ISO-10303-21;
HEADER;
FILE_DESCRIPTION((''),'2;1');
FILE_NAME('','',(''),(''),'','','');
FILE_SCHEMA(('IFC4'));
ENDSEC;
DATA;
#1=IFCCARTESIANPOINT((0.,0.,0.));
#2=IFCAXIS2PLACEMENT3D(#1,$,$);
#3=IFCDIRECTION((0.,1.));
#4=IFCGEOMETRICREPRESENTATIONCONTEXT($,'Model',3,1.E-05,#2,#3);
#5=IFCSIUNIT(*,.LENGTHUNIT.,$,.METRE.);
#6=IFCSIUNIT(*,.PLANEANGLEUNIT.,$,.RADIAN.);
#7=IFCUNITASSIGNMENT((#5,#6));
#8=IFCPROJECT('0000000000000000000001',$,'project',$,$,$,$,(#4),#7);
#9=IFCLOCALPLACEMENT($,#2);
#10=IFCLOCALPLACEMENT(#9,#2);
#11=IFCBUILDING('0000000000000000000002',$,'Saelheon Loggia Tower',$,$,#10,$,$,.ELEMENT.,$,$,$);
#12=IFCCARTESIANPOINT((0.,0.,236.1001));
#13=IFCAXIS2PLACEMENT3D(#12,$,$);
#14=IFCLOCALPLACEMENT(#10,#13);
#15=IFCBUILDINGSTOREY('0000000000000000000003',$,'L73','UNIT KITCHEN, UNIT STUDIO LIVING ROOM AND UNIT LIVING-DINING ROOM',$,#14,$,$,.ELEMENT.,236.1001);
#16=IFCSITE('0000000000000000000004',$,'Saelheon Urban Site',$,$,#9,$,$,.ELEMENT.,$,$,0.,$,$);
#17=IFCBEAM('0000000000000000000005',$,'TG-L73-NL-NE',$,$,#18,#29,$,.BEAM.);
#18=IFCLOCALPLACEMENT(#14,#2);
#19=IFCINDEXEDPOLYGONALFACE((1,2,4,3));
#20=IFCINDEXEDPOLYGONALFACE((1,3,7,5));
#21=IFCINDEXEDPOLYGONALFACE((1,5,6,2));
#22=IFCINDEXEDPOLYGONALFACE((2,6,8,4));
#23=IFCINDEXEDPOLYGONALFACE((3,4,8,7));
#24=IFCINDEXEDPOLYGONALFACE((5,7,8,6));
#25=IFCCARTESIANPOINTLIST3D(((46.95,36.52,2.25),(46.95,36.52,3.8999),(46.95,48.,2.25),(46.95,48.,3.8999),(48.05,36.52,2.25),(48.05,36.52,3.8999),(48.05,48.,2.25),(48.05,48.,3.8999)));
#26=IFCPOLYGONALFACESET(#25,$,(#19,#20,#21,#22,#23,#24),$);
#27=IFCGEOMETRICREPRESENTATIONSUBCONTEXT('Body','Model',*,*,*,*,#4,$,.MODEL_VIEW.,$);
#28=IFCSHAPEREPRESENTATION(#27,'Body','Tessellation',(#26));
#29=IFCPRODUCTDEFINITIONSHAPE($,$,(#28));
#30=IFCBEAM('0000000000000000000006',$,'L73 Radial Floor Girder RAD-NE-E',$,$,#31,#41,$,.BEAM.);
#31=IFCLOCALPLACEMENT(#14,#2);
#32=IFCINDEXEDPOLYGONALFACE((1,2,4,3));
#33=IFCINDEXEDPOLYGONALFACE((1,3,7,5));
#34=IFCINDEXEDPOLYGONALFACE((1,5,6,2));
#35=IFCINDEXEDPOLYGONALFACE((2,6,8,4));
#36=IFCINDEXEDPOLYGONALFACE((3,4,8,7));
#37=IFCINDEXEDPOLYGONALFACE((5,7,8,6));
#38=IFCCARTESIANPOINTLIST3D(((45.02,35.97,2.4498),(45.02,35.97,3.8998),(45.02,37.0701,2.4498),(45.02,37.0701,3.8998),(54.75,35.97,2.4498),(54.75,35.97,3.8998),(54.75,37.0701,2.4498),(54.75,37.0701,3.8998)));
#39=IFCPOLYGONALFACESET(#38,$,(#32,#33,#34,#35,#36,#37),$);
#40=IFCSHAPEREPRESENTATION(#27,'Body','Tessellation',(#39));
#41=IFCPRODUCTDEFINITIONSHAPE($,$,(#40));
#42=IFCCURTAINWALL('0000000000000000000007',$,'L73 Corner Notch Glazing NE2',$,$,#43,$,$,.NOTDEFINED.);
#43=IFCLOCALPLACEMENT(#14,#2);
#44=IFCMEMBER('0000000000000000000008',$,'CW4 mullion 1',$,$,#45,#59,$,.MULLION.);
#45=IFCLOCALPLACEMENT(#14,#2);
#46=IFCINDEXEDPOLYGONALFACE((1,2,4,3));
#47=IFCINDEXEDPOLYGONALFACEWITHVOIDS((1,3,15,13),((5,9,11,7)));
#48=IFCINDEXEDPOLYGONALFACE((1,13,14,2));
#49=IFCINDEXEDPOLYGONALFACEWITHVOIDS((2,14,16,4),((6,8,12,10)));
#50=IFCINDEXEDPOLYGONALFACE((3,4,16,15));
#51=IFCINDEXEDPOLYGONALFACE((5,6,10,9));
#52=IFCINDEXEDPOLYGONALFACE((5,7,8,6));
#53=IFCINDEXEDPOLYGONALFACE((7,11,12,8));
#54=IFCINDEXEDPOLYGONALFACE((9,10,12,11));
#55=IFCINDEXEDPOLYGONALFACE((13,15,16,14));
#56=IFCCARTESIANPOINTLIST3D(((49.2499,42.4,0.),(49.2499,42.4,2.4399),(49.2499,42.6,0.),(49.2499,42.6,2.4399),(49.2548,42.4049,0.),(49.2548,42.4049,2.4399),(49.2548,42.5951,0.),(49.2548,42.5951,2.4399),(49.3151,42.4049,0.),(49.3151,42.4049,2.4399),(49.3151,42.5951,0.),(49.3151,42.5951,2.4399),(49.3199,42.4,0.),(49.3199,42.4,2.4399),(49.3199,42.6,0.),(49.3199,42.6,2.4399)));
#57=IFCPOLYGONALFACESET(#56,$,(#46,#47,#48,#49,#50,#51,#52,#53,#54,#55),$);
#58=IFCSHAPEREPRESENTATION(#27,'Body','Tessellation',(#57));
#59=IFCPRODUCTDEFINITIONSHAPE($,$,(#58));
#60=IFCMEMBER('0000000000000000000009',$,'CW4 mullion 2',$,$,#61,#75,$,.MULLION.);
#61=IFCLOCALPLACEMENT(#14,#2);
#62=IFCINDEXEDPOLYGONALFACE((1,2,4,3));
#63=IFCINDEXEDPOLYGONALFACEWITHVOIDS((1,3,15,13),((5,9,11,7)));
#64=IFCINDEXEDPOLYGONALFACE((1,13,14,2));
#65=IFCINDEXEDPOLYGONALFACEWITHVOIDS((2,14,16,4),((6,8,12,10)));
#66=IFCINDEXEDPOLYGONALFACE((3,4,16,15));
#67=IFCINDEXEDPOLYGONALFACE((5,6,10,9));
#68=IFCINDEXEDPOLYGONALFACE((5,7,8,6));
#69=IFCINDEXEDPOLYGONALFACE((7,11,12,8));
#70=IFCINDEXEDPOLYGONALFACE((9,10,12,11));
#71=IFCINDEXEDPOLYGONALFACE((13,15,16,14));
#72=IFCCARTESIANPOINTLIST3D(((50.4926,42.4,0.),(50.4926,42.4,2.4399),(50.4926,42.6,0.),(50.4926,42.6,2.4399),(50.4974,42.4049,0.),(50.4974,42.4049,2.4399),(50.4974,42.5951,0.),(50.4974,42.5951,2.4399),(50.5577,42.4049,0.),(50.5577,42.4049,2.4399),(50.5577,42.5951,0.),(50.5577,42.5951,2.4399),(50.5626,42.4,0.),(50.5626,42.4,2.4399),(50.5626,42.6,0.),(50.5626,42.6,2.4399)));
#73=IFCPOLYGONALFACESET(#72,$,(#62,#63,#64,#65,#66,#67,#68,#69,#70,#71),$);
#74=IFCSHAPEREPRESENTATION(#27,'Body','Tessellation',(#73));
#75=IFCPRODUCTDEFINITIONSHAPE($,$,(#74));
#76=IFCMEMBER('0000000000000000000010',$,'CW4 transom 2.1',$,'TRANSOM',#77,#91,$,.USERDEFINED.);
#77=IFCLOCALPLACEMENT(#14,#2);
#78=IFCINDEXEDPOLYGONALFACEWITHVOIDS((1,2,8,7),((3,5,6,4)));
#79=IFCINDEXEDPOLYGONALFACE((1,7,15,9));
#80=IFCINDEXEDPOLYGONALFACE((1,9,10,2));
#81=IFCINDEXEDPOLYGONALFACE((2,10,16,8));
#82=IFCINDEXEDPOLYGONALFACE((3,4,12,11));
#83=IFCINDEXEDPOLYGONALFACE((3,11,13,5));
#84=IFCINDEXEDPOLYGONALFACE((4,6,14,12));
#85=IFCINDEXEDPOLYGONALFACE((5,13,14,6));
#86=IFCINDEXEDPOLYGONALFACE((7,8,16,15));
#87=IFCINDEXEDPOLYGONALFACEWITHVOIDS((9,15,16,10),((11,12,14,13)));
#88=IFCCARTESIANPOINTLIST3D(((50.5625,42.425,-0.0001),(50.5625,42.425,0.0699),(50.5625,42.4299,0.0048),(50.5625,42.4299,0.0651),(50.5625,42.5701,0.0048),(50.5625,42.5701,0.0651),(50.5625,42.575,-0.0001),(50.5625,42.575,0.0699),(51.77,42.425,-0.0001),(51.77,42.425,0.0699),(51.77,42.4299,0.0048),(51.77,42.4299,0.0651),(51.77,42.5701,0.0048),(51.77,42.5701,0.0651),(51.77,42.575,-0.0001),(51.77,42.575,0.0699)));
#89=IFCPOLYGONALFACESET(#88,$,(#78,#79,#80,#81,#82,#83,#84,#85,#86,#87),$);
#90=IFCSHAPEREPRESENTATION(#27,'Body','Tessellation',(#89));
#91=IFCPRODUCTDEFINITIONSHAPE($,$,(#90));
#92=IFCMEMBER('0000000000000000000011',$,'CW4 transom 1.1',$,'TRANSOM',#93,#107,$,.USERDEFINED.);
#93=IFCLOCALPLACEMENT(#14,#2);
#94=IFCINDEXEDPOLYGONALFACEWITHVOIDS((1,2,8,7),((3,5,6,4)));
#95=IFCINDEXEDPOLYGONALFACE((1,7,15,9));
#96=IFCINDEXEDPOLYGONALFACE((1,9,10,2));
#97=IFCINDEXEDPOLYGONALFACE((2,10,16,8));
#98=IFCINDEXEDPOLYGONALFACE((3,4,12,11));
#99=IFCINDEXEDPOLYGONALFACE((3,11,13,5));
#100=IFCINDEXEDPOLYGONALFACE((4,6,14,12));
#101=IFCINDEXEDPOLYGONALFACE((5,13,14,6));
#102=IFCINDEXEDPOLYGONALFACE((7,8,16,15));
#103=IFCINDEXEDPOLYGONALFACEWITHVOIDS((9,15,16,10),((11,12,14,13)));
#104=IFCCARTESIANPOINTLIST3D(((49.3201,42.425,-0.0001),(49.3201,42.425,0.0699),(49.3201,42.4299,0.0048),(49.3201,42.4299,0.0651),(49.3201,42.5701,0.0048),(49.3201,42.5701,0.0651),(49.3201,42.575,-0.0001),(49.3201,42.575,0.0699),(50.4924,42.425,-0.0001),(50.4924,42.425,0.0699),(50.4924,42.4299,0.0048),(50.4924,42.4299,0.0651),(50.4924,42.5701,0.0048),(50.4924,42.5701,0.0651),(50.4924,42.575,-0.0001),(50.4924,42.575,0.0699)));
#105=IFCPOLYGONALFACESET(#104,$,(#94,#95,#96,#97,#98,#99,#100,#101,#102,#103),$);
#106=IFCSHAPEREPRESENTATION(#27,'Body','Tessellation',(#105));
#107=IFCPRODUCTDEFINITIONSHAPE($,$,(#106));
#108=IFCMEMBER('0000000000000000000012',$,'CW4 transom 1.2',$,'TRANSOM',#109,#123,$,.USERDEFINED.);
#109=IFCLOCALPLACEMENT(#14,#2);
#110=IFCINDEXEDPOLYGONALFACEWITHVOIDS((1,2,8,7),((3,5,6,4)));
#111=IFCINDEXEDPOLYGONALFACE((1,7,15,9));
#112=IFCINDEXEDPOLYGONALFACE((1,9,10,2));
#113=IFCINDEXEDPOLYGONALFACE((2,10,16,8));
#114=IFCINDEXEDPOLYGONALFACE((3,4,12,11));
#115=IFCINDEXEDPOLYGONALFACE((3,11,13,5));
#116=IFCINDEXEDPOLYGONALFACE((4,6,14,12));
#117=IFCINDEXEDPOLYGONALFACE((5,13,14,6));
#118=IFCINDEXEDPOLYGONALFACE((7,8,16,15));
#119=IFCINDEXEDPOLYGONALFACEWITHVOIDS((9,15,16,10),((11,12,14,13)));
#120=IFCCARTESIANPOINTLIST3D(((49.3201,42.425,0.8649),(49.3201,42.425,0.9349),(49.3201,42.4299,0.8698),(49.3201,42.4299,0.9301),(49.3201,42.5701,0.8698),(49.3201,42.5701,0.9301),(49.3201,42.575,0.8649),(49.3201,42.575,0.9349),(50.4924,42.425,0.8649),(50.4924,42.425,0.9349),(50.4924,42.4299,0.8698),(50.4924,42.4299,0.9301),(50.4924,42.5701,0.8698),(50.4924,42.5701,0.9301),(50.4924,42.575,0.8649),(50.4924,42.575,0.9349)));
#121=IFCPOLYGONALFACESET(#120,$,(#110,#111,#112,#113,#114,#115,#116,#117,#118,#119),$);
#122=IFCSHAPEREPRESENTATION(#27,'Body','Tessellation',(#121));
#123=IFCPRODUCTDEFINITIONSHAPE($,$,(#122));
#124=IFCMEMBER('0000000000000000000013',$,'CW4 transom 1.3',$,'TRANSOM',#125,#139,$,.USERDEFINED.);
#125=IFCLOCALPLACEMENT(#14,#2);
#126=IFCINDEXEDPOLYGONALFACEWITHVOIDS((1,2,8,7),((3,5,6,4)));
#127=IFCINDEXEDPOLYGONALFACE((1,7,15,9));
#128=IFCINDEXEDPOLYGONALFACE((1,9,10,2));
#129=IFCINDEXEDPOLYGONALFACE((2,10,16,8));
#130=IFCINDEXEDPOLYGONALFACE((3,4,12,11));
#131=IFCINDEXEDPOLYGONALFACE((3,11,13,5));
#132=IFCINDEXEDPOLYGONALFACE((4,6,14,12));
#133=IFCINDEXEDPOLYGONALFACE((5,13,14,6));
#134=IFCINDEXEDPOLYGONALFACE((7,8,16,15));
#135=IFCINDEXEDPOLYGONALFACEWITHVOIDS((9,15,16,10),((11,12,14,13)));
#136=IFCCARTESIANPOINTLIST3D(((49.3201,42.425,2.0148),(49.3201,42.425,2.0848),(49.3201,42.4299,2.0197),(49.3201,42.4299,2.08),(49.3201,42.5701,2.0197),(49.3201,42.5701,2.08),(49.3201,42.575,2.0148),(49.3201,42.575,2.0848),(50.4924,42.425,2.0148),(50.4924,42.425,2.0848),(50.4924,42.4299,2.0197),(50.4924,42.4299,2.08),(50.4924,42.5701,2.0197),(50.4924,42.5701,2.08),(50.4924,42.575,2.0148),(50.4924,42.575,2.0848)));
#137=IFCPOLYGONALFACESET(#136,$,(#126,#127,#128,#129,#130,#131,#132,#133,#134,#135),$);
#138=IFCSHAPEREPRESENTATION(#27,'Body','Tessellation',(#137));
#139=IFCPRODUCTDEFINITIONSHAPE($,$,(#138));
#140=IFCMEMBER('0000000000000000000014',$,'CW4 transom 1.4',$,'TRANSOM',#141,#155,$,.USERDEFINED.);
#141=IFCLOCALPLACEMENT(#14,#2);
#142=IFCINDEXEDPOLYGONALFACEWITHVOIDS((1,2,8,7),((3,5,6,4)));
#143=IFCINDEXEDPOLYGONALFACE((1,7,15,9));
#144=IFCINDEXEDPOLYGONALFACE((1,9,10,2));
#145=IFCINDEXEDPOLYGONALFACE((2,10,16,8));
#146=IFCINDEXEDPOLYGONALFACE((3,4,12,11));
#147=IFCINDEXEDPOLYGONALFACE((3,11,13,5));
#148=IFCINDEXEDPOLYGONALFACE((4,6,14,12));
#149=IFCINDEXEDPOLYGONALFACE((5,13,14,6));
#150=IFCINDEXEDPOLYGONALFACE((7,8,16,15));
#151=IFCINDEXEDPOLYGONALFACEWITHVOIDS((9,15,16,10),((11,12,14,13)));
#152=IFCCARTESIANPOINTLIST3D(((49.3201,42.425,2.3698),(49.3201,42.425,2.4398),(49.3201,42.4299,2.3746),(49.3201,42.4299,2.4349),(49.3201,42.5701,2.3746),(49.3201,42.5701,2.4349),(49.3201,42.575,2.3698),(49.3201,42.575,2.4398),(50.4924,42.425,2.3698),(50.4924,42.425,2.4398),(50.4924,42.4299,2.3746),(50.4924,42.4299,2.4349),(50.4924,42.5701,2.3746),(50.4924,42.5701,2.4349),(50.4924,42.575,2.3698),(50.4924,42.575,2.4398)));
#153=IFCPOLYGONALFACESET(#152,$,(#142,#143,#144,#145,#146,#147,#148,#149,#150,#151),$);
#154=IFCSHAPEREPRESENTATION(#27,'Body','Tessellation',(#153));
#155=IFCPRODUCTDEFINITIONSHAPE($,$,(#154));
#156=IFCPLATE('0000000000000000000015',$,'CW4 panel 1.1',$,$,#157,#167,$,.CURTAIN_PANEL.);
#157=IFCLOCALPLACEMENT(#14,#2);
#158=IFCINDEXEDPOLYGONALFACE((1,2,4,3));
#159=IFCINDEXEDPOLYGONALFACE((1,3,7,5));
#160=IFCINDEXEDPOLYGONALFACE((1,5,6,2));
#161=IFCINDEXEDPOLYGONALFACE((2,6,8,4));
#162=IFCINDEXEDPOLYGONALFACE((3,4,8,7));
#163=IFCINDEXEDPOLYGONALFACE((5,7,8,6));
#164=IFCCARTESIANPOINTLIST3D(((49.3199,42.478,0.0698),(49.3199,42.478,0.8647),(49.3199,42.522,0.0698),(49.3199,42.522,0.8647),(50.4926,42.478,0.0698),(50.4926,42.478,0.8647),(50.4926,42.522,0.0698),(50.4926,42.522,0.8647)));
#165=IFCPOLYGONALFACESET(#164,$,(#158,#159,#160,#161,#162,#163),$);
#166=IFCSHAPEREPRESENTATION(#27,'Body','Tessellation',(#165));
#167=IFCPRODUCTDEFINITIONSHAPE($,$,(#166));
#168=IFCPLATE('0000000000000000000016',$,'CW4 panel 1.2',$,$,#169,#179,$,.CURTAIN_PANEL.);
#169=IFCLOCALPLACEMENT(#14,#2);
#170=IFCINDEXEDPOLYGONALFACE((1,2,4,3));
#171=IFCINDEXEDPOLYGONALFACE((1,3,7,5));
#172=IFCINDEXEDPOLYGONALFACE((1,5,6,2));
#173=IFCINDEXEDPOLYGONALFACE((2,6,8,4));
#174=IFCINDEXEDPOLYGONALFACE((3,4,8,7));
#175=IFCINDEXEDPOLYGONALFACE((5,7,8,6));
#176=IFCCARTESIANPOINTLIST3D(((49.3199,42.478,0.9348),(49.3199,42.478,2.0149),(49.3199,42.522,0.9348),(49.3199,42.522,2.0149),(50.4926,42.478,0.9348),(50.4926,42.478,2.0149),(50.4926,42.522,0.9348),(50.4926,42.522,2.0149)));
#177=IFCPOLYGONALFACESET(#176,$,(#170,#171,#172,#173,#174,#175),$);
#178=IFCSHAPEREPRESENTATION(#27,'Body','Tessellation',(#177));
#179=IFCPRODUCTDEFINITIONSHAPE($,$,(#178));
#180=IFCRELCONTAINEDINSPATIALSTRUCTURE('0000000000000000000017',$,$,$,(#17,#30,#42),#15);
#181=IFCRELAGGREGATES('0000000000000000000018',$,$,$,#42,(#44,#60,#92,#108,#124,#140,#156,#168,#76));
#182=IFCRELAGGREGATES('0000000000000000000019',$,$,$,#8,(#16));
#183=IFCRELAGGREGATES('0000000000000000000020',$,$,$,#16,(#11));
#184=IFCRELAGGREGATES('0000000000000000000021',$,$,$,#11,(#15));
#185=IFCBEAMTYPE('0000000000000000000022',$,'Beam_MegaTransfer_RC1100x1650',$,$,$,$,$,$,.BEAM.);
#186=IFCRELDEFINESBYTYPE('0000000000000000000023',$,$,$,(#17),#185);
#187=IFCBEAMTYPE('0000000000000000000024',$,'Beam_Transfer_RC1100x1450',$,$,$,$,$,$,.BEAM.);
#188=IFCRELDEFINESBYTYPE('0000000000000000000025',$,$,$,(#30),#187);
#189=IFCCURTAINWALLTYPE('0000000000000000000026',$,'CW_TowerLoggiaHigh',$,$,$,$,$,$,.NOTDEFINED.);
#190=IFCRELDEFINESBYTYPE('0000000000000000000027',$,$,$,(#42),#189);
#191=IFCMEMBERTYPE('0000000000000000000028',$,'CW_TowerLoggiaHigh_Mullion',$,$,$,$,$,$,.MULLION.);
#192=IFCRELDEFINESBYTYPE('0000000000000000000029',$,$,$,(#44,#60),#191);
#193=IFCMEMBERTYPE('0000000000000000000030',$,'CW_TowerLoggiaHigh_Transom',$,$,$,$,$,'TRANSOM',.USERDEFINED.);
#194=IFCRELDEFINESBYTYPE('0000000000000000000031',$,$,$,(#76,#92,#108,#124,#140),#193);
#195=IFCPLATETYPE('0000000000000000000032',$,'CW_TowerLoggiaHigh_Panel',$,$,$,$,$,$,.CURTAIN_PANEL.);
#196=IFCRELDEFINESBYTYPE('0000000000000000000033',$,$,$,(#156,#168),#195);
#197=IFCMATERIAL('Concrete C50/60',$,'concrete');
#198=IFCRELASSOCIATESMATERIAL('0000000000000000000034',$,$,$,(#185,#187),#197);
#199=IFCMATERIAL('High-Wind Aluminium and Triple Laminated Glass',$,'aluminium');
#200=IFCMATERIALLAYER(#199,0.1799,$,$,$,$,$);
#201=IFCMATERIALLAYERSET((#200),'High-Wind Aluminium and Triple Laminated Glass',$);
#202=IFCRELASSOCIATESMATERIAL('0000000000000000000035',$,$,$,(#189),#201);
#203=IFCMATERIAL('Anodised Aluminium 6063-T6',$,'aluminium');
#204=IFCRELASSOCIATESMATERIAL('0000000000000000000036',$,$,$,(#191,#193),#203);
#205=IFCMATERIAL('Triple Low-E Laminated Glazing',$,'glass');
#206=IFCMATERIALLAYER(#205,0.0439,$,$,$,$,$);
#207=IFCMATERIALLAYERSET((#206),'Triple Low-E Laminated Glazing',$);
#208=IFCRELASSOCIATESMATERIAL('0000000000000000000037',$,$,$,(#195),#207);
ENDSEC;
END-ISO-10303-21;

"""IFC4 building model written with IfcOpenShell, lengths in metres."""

from ifc_helpers import new_model, si_unit, direction, frame, origin, origin_2d, place, context, subcontext, project, spatial, rectangle, hollow_rectangle, extrude, source, transform, mapped, material, layer, layer_set, material_profile, profile_set, type_object, element, aggregate, save


model = new_model("IFC4")

# Units and contexts
model_context = context("Model", 3, precision=1e-05, world=origin(), true_north=direction((0.0, 1.0)))
body_context = subcontext(model_context, "Body", "Model", "MODEL_VIEW")
ifc_project = project(units=[si_unit("LENGTHUNIT", "METRE"), si_unit("PLANEANGLEUNIT", "RADIAN")], contexts=[model_context])

# Site, building, storey
site_placement = place(None, origin())
site = spatial("IfcSite", under=ifc_project, at=site_placement, Name="Saelheon Urban Site", CompositionType="ELEMENT", RefElevation=0.0)
building_placement = place(site_placement, origin())
building = spatial("IfcBuilding", under=site, at=building_placement, Name="Saelheon Loggia Tower", CompositionType="ELEMENT")
storey_placement = place(building_placement, frame((0.0, 0.0, 236.1001)))
storey = spatial("IfcBuildingStorey", under=building, at=storey_placement, Name="L73", Description="UNIT KITCHEN, UNIT STUDIO LIVING ROOM AND UNIT LIVING-DINING ROOM", CompositionType="ELEMENT", Elevation=236.1001)

# Beams
ifc_material_1 = material(Name="Concrete C50/60", Category="concrete")
ifc_material_profile_1 = material_profile(ifc_material_1, rectangle(XDim=1.1001, YDim=1.6499, at=origin_2d()), Name="RC-1100x1650")
ifc_profile_set_1 = profile_set([ifc_material_profile_1], Name="Concrete C50/60")
beam_type_1 = type_object("IfcBeamType", Name="Beam_MegaTransfer_RC1100x1650", PredefinedType="BEAM", material=ifc_profile_set_1)
shared_shape_1 = source(origin(), body_context, "Body", "SweptSolid", [
    extrude(rectangle(XDim=1.1001, YDim=1.6499, at=origin_2d()), origin(), (0.0, 0.0, 1.0), 11.48),
])
beam_1_placement = place(storey_placement, frame((47.5, 36.52, 3.075), z_axis=(0.0, 1.0, 0.0), x_axis=(-1.0, 0.0, 0.0)))
element("IfcBeam", 1, at=beam_1_placement, inside=storey, type_object=beam_type_1, Name="TG-L73-NL-NE", PredefinedType="BEAM", context=body_context, shape_type="MappedRepresentation", body=[
    mapped(shared_shape_1, transform((0.0, 0.0, 0.0), scale=1.0)),
])
ifc_material_profile_2 = material_profile(ifc_material_1, rectangle(XDim=1.1001, YDim=1.45, at=origin_2d()), Name="RC-1100x1450")
ifc_profile_set_2 = profile_set([ifc_material_profile_2], Name="Concrete C50/60")
beam_type_2 = type_object("IfcBeamType", Name="Beam_Transfer_RC1100x1450", PredefinedType="BEAM", material=ifc_profile_set_2)
shared_shape_2 = source(origin(), body_context, "Body", "SweptSolid", [
    extrude(rectangle(XDim=1.1001, YDim=1.45, at=origin_2d()), origin(), (0.0, 0.0, 1.0), 9.73),
])
beam_2_placement = place(storey_placement, frame((45.02, 36.52, 3.1748), z_axis=(1.0, 0.0, 0.0), x_axis=(0.0, 1.0, 0.0)))
element("IfcBeam", 2, at=beam_2_placement, inside=storey, type_object=beam_type_2, Name="L73 Radial Floor Girder RAD-NE-E", PredefinedType="BEAM", context=body_context, shape_type="MappedRepresentation", body=[
    mapped(shared_shape_2, transform((0.0, 0.0, 0.0), scale=1.0)),
])

# Curtain wall, members, plates
ifc_material_2 = material(Name="High-Wind Aluminium and Triple Laminated Glass", Category="aluminium")
ifc_layer_1 = layer(ifc_material_2, 0.1799)
ifc_layer_set_1 = layer_set([ifc_layer_1], Name="High-Wind Aluminium and Triple Laminated Glass")
curtain_wall_type = type_object("IfcCurtainWallType", Name="CW_TowerLoggiaHigh", PredefinedType="NOTDEFINED", material=ifc_layer_set_1)
curtain_wall_placement = place(storey_placement, origin())
curtain_wall = element("IfcCurtainWall", 3, at=curtain_wall_placement, inside=storey, type_object=curtain_wall_type, Name="L73 Corner Notch Glazing NE2", PredefinedType="NOTDEFINED")
ifc_material_3 = material(Name="Anodised Aluminium 6063-T6", Category="aluminium")
ifc_material_profile_3 = material_profile(ifc_material_3, hollow_rectangle(XDim=0.0701, YDim=0.2, WallThickness=0.0049, at=origin_2d()), Name="RHS-200x70x5")
ifc_profile_set_3 = profile_set([ifc_material_profile_3], Name="Anodised Aluminium 6063-T6")
member_type_1 = type_object("IfcMemberType", Name="CW_TowerLoggiaHigh_Mullion", PredefinedType="MULLION", material=ifc_profile_set_3)
shared_shape_3 = source(origin(), body_context, "Body", "SweptSolid", [
    extrude(hollow_rectangle(XDim=0.0701, YDim=0.2, WallThickness=0.0049, at=origin_2d()), origin(), (0.0, 0.0, 1.0), 2.4399),
])
member_1_placement = place(storey_placement, frame((49.2849, 42.5, 0.0), z_axis=(0.0, 0.0, 1.0), x_axis=(1.0, 0.0, 0.0)))
member_1 = element("IfcMember", 4, at=member_1_placement, type_object=member_type_1, Name="CW4 mullion 1", PredefinedType="MULLION", context=body_context, shape_type="MappedRepresentation", body=[
    mapped(shared_shape_3, transform((0.0, 0.0, 0.0), scale=1.0)),
])
member_2_placement = place(storey_placement, frame((50.5276, 42.5, 0.0), z_axis=(0.0, 0.0, 1.0), x_axis=(1.0, 0.0, 0.0)))
member_2 = element("IfcMember", 5, at=member_2_placement, type_object=member_type_1, Name="CW4 mullion 2", PredefinedType="MULLION", context=body_context, shape_type="MappedRepresentation", body=[
    mapped(shared_shape_3, transform((0.0, 0.0, 0.0), scale=1.0)),
])
ifc_material_profile_4 = material_profile(ifc_material_3, hollow_rectangle(XDim=0.0701, YDim=0.1499, WallThickness=0.0049, at=origin_2d()), Name="RHS-150x70x5")
ifc_profile_set_4 = profile_set([ifc_material_profile_4], Name="Anodised Aluminium 6063-T6")
member_type_2 = type_object("IfcMemberType", Name="CW_TowerLoggiaHigh_Transom", ElementType="TRANSOM", PredefinedType="USERDEFINED", material=ifc_profile_set_4)
shared_shape_4 = source(origin(), body_context, "Body", "SweptSolid", [
    extrude(hollow_rectangle(XDim=0.0701, YDim=0.1499, WallThickness=0.0049, at=origin_2d()), origin(), (0.0, 0.0, 1.0), 1.2075),
])
member_3_placement = place(storey_placement, frame((50.5625, 42.5, 0.0349), z_axis=(1.0, 0.0, 0.0), x_axis=(0.0, 0.0, 1.0)))
member_3 = element("IfcMember", 6, at=member_3_placement, type_object=member_type_2, Name="CW4 transom 2.1", ObjectType="TRANSOM", PredefinedType="USERDEFINED", context=body_context, shape_type="MappedRepresentation", body=[
    mapped(shared_shape_4, transform((0.0, 0.0, 0.0), scale=1.0)),
])
shared_shape_5 = source(origin(), body_context, "Body", "SweptSolid", [
    extrude(hollow_rectangle(XDim=0.0701, YDim=0.1499, WallThickness=0.0049, at=origin_2d()), origin(), (0.0, 0.0, 1.0), 1.1724),
])
member_4_placement = place(storey_placement, frame((49.3201, 42.5, 0.0349), z_axis=(1.0, 0.0, 0.0), x_axis=(0.0, 0.0, 1.0)))
member_4 = element("IfcMember", 7, at=member_4_placement, type_object=member_type_2, Name="CW4 transom 1.1", ObjectType="TRANSOM", PredefinedType="USERDEFINED", context=body_context, shape_type="MappedRepresentation", body=[
    mapped(shared_shape_5, transform((0.0, 0.0, 0.0), scale=1.0)),
])
member_5_placement = place(storey_placement, frame((49.3201, 42.5, 0.8999), z_axis=(1.0, 0.0, 0.0), x_axis=(0.0, 0.0, 1.0)))
member_5 = element("IfcMember", 8, at=member_5_placement, type_object=member_type_2, Name="CW4 transom 1.2", ObjectType="TRANSOM", PredefinedType="USERDEFINED", context=body_context, shape_type="MappedRepresentation", body=[
    mapped(shared_shape_5, transform((0.0, 0.0, 0.0), scale=1.0)),
])
member_6_placement = place(storey_placement, frame((49.3201, 42.5, 2.0498), z_axis=(1.0, 0.0, 0.0), x_axis=(0.0, 0.0, 1.0)))
member_6 = element("IfcMember", 9, at=member_6_placement, type_object=member_type_2, Name="CW4 transom 1.3", ObjectType="TRANSOM", PredefinedType="USERDEFINED", context=body_context, shape_type="MappedRepresentation", body=[
    mapped(shared_shape_5, transform((0.0, 0.0, 0.0), scale=1.0)),
])
member_7_placement = place(storey_placement, frame((49.3201, 42.5, 2.4048), z_axis=(1.0, 0.0, 0.0), x_axis=(0.0, 0.0, 1.0)))
member_7 = element("IfcMember", 10, at=member_7_placement, type_object=member_type_2, Name="CW4 transom 1.4", ObjectType="TRANSOM", PredefinedType="USERDEFINED", context=body_context, shape_type="MappedRepresentation", body=[
    mapped(shared_shape_5, transform((0.0, 0.0, 0.0), scale=1.0)),
])
ifc_material_4 = material(Name="Triple Low-E Laminated Glazing", Category="glass")
ifc_layer_2 = layer(ifc_material_4, 0.0439)
ifc_layer_set_2 = layer_set([ifc_layer_2], Name="Triple Low-E Laminated Glazing")
plate_type = type_object("IfcPlateType", Name="CW_TowerLoggiaHigh_Panel", PredefinedType="CURTAIN_PANEL", material=ifc_layer_set_2)
shared_shape_6 = source(origin(), body_context, "Body", "SweptSolid", [
    extrude(rectangle(XDim=1.1726, YDim=0.0439, at=origin_2d()), origin(), (0.0, 0.0, 1.0), 0.7949),
])
plate_1_placement = place(storey_placement, frame((49.9062, 42.5, 0.0698), z_axis=(0.0, 0.0, 1.0), x_axis=(1.0, 0.0, 0.0)))
plate_1 = element("IfcPlate", 11, at=plate_1_placement, type_object=plate_type, Name="CW4 panel 1.1", PredefinedType="CURTAIN_PANEL", context=body_context, shape_type="MappedRepresentation", body=[
    mapped(shared_shape_6, transform((0.0, 0.0, 0.0), scale=1.0)),
])
shared_shape_7 = source(origin(), body_context, "Body", "SweptSolid", [
    extrude(rectangle(XDim=1.1726, YDim=0.0439, at=origin_2d()), origin(), (0.0, 0.0, 1.0), 1.0801),
])
plate_2_placement = place(storey_placement, frame((49.9062, 42.5, 0.9348), z_axis=(0.0, 0.0, 1.0), x_axis=(1.0, 0.0, 0.0)))
plate_2 = element("IfcPlate", 12, at=plate_2_placement, type_object=plate_type, Name="CW4 panel 1.2", PredefinedType="CURTAIN_PANEL", context=body_context, shape_type="MappedRepresentation", body=[
    mapped(shared_shape_7, transform((0.0, 0.0, 0.0), scale=1.0)),
])
aggregate(curtain_wall, [member_1, member_2, member_4, member_5, member_6, member_7, plate_1, plate_2, member_3])

save(model, "model.ifc")
